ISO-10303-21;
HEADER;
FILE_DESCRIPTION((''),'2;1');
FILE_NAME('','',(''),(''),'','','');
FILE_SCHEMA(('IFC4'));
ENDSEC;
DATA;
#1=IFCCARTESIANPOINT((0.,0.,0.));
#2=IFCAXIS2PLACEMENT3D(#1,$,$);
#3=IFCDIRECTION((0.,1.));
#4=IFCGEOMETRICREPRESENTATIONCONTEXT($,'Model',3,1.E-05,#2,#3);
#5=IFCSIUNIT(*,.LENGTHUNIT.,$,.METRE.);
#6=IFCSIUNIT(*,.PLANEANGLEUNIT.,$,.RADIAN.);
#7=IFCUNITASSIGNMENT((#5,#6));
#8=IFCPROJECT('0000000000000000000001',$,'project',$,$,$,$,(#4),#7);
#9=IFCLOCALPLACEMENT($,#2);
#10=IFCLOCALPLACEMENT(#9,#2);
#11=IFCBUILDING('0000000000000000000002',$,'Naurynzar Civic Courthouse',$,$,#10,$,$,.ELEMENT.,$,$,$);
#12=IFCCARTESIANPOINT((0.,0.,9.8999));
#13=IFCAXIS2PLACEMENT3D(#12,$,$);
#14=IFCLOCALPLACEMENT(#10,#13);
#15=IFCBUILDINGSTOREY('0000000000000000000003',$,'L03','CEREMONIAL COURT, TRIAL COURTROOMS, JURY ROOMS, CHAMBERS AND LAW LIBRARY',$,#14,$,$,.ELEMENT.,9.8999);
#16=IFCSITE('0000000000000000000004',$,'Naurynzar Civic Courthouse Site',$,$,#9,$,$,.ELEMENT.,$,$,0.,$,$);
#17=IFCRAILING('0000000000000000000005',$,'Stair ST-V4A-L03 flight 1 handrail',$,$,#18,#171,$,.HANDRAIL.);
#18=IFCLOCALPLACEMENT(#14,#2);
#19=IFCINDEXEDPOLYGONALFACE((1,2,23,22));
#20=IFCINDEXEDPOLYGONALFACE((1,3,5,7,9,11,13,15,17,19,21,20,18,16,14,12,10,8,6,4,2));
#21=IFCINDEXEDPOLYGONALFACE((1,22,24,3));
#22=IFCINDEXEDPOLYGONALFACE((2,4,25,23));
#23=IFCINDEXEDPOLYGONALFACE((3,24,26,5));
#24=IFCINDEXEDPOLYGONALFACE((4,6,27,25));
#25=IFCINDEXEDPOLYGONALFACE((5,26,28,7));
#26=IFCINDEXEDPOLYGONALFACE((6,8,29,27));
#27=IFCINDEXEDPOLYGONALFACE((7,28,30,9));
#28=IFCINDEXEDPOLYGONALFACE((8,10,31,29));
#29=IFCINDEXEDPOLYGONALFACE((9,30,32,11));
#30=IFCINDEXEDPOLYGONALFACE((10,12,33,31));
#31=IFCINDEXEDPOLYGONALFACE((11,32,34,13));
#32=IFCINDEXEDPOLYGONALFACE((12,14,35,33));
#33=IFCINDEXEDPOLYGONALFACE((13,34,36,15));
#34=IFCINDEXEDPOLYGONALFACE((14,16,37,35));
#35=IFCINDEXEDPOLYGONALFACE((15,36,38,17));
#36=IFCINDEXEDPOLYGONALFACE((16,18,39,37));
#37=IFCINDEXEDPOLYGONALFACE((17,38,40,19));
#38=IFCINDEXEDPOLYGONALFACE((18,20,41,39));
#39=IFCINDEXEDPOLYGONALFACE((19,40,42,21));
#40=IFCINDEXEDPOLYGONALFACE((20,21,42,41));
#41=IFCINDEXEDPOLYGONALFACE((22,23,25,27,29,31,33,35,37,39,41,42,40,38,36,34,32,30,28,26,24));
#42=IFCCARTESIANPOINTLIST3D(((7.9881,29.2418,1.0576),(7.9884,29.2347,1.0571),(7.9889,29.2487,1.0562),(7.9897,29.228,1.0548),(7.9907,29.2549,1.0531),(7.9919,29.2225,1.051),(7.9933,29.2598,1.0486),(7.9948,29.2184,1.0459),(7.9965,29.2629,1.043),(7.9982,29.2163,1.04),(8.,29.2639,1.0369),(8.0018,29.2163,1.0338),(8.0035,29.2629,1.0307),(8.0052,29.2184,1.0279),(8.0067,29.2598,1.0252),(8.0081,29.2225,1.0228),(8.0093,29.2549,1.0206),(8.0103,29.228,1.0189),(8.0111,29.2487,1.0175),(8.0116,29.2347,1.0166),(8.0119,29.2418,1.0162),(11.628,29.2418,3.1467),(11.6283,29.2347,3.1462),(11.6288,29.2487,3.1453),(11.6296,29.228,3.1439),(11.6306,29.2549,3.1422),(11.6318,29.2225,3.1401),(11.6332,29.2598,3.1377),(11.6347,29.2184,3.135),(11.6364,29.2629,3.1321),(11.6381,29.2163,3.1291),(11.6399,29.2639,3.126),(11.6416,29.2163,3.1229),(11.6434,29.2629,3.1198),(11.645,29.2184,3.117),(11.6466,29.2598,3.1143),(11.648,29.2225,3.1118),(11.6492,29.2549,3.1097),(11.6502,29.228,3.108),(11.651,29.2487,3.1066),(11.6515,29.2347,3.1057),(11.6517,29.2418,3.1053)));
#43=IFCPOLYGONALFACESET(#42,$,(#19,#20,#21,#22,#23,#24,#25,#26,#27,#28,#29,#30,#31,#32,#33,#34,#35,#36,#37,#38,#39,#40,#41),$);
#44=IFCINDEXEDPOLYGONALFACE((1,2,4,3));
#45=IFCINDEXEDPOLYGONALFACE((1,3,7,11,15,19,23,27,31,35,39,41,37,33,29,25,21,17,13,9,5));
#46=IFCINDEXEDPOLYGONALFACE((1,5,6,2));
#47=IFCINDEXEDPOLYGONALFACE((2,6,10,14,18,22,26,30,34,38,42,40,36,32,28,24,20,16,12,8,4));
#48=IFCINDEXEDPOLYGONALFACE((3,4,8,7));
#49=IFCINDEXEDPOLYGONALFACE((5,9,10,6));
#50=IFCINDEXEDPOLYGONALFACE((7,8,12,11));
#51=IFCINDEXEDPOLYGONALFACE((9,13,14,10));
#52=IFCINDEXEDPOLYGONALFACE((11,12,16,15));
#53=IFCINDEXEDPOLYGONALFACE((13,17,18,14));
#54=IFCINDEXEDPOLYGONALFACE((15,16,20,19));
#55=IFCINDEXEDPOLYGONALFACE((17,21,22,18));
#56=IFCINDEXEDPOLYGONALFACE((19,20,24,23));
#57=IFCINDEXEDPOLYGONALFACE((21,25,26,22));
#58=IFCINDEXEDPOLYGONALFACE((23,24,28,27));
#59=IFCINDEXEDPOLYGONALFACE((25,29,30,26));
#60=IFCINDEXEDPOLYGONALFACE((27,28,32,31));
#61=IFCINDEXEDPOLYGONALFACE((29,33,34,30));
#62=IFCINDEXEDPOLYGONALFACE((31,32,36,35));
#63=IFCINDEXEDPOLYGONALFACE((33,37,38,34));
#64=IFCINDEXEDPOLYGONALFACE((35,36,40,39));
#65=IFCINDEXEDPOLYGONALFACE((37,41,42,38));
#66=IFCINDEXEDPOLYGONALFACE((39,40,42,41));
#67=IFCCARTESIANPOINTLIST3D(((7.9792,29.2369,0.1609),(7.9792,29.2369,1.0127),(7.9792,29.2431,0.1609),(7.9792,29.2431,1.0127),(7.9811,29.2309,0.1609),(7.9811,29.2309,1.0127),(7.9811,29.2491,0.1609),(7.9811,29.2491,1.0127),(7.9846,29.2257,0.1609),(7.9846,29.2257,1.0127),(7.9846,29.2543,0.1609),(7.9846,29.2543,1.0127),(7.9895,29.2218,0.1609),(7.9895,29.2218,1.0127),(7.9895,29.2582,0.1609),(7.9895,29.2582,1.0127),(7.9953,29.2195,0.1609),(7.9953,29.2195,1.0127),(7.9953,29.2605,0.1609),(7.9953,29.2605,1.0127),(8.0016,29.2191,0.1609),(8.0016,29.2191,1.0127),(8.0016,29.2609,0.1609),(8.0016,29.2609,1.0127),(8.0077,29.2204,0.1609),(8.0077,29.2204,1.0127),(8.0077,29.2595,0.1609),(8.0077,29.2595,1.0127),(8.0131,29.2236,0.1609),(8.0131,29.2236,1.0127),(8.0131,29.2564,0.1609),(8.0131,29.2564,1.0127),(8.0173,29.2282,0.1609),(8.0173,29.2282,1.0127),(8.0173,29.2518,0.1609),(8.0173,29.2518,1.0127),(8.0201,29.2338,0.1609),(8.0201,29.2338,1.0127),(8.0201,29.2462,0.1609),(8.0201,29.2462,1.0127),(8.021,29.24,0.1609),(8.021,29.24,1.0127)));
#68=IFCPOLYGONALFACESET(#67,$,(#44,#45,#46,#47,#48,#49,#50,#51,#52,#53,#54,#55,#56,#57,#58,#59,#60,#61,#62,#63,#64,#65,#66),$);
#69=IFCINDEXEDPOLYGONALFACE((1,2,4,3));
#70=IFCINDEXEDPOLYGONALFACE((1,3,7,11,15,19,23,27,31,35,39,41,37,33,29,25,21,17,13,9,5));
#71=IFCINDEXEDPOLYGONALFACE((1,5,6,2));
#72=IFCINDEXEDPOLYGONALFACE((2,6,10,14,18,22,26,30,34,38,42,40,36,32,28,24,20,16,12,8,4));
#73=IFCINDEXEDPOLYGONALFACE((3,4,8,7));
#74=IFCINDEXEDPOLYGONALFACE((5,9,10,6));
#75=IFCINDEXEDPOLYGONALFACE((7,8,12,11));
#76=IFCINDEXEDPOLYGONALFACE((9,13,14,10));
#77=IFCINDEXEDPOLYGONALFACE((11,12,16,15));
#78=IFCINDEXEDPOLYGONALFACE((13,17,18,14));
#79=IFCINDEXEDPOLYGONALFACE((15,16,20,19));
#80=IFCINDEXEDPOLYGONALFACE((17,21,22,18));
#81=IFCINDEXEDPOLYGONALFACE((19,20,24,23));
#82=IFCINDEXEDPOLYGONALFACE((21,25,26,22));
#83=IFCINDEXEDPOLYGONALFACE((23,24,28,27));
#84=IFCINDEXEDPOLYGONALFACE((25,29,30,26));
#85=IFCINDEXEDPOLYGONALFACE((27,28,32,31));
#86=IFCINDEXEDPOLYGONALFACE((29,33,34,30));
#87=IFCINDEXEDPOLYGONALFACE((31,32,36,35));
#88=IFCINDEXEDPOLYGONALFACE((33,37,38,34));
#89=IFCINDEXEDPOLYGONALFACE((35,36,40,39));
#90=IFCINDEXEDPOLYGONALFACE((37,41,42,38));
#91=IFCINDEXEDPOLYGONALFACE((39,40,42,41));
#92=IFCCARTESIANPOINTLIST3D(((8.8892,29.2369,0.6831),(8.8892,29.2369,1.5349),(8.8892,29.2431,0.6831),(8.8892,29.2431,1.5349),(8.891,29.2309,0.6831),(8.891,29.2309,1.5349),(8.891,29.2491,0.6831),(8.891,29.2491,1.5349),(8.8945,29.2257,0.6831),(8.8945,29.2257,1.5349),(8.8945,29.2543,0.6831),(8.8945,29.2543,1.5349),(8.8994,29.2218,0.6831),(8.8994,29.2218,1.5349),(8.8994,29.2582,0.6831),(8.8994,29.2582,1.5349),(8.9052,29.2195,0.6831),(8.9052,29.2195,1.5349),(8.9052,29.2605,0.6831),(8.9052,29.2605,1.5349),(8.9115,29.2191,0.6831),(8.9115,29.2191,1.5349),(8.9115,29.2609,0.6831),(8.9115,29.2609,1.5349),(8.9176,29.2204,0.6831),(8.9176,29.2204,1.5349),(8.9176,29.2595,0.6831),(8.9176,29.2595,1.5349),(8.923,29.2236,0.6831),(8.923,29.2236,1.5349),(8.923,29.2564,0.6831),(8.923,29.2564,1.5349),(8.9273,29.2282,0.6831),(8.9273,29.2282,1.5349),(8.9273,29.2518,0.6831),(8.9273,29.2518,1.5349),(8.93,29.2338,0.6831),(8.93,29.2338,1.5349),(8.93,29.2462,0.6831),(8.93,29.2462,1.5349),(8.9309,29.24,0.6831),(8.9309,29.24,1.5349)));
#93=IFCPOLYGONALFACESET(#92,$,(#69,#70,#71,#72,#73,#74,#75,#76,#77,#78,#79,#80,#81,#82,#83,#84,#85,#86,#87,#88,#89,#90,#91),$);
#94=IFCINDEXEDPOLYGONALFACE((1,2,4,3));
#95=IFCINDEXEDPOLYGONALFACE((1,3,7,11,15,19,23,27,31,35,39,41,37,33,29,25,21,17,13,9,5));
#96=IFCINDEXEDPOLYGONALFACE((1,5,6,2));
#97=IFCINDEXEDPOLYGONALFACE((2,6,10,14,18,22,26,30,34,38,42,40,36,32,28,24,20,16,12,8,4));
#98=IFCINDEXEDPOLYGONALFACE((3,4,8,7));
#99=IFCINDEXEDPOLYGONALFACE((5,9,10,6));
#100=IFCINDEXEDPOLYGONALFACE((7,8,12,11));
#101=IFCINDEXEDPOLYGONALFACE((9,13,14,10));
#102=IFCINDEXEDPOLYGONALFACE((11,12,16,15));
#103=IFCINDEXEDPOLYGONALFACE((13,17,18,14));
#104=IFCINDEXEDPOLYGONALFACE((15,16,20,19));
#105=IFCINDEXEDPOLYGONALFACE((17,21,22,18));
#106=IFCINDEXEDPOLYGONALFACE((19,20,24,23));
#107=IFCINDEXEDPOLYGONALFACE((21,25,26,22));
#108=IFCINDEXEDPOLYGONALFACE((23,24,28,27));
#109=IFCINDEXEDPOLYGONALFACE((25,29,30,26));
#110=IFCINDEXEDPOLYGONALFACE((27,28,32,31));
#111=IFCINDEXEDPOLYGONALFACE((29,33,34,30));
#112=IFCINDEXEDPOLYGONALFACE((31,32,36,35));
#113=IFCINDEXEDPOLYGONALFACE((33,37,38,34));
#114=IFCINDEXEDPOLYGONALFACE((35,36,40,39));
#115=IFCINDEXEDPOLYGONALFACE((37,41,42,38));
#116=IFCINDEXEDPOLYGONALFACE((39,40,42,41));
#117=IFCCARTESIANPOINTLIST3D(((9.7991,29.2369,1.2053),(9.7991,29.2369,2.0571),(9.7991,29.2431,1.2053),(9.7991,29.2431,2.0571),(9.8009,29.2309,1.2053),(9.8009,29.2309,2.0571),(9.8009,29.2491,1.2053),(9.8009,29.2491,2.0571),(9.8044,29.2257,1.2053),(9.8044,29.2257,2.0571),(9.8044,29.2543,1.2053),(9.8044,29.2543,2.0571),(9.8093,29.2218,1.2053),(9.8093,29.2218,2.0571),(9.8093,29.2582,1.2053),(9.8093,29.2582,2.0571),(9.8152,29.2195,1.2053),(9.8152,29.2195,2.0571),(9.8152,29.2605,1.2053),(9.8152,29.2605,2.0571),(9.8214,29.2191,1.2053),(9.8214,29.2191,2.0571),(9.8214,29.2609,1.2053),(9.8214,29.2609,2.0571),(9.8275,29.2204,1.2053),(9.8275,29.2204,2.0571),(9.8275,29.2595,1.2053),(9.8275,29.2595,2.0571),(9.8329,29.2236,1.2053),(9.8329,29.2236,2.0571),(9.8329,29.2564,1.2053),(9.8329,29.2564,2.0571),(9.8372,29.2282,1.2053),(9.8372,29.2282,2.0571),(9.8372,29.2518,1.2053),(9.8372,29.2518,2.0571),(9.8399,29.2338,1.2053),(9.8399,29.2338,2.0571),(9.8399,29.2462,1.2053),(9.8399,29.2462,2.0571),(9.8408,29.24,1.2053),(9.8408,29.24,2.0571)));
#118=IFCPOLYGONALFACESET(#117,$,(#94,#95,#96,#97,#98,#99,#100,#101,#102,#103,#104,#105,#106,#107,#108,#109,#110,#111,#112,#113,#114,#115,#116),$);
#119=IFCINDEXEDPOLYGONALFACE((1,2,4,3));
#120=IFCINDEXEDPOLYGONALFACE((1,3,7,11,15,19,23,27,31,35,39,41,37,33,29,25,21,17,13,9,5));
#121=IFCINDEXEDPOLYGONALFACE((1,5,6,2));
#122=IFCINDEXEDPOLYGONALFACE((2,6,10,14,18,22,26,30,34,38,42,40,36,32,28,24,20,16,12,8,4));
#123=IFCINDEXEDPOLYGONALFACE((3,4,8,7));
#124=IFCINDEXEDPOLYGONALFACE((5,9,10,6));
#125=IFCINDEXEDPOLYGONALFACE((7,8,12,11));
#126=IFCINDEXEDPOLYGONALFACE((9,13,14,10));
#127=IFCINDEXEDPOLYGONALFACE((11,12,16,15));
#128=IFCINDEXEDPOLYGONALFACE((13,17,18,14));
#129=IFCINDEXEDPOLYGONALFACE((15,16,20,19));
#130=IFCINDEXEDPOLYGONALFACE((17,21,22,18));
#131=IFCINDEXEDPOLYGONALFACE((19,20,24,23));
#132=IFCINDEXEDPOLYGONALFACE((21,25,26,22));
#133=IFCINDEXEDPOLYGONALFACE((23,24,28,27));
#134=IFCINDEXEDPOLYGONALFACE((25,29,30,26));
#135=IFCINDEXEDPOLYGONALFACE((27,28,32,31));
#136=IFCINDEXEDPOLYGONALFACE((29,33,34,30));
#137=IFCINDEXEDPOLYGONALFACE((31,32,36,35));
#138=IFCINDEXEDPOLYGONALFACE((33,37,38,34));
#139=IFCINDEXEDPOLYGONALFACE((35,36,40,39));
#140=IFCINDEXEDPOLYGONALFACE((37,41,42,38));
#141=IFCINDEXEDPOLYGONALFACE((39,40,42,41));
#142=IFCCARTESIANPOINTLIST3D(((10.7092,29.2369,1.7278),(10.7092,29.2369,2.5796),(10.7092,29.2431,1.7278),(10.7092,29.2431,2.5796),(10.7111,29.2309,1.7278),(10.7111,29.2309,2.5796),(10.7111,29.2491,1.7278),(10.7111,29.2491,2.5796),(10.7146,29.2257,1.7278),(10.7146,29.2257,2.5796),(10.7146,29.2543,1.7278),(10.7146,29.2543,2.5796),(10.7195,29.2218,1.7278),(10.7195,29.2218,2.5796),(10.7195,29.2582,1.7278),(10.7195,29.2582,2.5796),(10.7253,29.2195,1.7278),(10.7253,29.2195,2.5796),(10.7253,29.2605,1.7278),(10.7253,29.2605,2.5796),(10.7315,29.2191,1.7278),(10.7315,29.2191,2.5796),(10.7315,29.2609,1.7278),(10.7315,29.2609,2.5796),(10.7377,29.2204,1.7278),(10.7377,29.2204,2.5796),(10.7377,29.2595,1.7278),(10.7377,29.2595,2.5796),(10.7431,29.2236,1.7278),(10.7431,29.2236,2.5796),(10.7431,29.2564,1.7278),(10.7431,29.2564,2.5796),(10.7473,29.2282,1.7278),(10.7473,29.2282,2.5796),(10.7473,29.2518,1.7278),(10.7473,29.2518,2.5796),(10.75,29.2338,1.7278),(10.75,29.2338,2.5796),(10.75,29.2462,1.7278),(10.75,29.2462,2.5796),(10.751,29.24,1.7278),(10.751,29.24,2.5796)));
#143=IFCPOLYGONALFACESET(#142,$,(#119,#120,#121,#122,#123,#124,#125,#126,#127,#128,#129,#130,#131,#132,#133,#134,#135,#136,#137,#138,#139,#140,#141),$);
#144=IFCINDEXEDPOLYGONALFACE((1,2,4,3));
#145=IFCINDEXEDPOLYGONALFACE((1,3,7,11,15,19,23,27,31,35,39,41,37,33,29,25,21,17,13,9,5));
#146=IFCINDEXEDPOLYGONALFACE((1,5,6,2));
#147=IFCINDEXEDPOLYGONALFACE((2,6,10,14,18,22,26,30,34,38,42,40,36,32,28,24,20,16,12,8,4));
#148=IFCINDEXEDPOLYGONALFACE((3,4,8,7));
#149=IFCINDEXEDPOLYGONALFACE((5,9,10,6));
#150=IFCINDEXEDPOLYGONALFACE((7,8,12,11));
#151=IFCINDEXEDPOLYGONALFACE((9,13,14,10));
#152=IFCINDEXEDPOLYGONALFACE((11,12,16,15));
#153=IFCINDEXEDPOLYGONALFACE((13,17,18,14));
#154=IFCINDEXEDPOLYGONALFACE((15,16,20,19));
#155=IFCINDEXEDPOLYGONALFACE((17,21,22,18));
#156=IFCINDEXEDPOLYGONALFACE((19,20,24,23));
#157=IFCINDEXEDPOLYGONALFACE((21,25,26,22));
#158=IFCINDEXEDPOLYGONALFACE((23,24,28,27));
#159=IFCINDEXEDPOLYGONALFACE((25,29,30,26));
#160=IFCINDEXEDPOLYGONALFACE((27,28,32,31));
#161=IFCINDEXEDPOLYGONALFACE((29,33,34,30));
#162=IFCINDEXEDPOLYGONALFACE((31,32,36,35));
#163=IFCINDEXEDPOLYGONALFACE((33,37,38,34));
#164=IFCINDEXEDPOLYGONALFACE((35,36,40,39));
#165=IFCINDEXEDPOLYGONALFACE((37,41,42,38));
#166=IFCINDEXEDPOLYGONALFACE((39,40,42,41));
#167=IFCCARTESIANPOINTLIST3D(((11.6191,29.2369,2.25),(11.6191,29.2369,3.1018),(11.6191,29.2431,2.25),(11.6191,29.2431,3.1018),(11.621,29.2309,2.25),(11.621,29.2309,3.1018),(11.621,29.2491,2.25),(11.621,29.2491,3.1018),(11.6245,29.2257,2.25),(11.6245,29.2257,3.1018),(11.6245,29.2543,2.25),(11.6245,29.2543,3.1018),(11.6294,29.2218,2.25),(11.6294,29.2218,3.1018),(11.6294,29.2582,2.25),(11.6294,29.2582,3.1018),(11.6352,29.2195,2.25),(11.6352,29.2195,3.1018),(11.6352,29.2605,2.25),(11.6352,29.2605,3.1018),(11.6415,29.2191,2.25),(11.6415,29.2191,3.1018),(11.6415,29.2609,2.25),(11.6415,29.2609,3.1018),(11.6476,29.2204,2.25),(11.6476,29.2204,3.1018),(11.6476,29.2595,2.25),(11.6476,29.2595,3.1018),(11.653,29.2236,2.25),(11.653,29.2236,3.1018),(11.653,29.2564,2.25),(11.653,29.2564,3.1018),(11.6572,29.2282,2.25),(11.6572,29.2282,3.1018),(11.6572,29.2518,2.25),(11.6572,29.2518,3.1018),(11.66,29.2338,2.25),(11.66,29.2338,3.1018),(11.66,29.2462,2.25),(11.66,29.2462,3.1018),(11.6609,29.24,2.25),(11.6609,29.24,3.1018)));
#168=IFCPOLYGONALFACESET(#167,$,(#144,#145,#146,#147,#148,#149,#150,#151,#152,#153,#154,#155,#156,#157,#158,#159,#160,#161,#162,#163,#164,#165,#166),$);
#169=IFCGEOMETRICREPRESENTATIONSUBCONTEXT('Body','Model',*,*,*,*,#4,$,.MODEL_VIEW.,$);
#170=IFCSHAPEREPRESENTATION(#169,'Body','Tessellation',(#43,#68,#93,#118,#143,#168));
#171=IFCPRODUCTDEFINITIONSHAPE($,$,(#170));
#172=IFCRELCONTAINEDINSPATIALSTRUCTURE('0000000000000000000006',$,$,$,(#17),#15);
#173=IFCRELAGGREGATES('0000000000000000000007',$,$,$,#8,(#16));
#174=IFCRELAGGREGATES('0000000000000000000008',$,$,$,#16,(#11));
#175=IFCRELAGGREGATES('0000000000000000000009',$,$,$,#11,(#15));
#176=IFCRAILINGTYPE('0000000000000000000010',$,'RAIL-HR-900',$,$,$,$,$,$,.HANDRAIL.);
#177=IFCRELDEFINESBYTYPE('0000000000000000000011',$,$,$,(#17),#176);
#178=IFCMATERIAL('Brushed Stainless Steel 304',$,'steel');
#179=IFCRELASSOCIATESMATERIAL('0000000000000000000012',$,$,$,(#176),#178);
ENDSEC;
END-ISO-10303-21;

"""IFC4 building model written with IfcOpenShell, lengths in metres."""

from ifc_helpers import new_model, si_unit, direction, frame, origin, origin_2d, place, context, subcontext, project, spatial, circle, extrude, material, type_object, element, save


model = new_model("IFC4")

# Units and contexts
model_context = context("Model", 3, precision=1e-05, world=origin(), true_north=direction((0.0, 1.0)))
body_context = subcontext(model_context, "Body", "Model", "MODEL_VIEW")
ifc_project = project(units=[si_unit("LENGTHUNIT", "METRE"), si_unit("PLANEANGLEUNIT", "RADIAN")], contexts=[model_context])

# Site, building, storey
site_placement = place(None, origin())
site = spatial("IfcSite", under=ifc_project, at=site_placement, Name="Naurynzar Civic Courthouse Site", CompositionType="ELEMENT", RefElevation=0.0)
building_placement = place(site_placement, origin())
building = spatial("IfcBuilding", under=site, at=building_placement, Name="Naurynzar Civic Courthouse", CompositionType="ELEMENT")
storey_placement = place(building_placement, frame((0.0, 0.0, 9.8999)))
storey = spatial("IfcBuildingStorey", under=building, at=storey_placement, Name="L03", Description="CEREMONIAL COURT, TRIAL COURTROOMS, JURY ROOMS, CHAMBERS AND LAW LIBRARY", CompositionType="ELEMENT", Elevation=9.8999)

# Railing
ifc_material_1 = material(Name="Brushed Stainless Steel 304", Category="steel")
railing_type_1 = type_object("IfcRailingType", Name="RAIL-HR-900", PredefinedType="HANDRAIL", material=ifc_material_1)
railing_1_placement = place(storey_placement, frame((8.0, 29.24, 0.1609)))
element("IfcRailing", 1, at=railing_1_placement, inside=storey, type_object=railing_type_1, Name="Stair ST-V4A-L03 flight 1 handrail", PredefinedType="HANDRAIL", context=body_context, shape_type="SweptSolid", body=[
    extrude(circle(Radius=0.0239, at=origin_2d()), frame((0.0, 0.0, 0.876), z_axis=(0.8673, 0.0, 0.497786), x_axis=(0.0, 1.0, 0.0)), (0.0, 0.0, 1.0), 4.1968),
    extrude(circle(Radius=0.021, at=origin_2d()), origin(), (0.0, 0.0, 1.0), 0.8518),
    extrude(circle(Radius=0.021, at=origin_2d()), frame((0.9099, 0.0, 0.5222)), (0.0, 0.0, 1.0), 0.8518),
    extrude(circle(Radius=0.021, at=origin_2d()), frame((1.8198, 0.0, 1.0444)), (0.0, 0.0, 1.0), 0.8518),
    extrude(circle(Radius=0.021, at=origin_2d()), frame((2.73, 0.0, 1.5669)), (0.0, 0.0, 1.0), 0.8518),
    extrude(circle(Radius=0.021, at=origin_2d()), frame((3.6399, 0.0, 2.0891)), (0.0, 0.0, 1.0), 0.8518),
])

save(model, "model.ifc")
